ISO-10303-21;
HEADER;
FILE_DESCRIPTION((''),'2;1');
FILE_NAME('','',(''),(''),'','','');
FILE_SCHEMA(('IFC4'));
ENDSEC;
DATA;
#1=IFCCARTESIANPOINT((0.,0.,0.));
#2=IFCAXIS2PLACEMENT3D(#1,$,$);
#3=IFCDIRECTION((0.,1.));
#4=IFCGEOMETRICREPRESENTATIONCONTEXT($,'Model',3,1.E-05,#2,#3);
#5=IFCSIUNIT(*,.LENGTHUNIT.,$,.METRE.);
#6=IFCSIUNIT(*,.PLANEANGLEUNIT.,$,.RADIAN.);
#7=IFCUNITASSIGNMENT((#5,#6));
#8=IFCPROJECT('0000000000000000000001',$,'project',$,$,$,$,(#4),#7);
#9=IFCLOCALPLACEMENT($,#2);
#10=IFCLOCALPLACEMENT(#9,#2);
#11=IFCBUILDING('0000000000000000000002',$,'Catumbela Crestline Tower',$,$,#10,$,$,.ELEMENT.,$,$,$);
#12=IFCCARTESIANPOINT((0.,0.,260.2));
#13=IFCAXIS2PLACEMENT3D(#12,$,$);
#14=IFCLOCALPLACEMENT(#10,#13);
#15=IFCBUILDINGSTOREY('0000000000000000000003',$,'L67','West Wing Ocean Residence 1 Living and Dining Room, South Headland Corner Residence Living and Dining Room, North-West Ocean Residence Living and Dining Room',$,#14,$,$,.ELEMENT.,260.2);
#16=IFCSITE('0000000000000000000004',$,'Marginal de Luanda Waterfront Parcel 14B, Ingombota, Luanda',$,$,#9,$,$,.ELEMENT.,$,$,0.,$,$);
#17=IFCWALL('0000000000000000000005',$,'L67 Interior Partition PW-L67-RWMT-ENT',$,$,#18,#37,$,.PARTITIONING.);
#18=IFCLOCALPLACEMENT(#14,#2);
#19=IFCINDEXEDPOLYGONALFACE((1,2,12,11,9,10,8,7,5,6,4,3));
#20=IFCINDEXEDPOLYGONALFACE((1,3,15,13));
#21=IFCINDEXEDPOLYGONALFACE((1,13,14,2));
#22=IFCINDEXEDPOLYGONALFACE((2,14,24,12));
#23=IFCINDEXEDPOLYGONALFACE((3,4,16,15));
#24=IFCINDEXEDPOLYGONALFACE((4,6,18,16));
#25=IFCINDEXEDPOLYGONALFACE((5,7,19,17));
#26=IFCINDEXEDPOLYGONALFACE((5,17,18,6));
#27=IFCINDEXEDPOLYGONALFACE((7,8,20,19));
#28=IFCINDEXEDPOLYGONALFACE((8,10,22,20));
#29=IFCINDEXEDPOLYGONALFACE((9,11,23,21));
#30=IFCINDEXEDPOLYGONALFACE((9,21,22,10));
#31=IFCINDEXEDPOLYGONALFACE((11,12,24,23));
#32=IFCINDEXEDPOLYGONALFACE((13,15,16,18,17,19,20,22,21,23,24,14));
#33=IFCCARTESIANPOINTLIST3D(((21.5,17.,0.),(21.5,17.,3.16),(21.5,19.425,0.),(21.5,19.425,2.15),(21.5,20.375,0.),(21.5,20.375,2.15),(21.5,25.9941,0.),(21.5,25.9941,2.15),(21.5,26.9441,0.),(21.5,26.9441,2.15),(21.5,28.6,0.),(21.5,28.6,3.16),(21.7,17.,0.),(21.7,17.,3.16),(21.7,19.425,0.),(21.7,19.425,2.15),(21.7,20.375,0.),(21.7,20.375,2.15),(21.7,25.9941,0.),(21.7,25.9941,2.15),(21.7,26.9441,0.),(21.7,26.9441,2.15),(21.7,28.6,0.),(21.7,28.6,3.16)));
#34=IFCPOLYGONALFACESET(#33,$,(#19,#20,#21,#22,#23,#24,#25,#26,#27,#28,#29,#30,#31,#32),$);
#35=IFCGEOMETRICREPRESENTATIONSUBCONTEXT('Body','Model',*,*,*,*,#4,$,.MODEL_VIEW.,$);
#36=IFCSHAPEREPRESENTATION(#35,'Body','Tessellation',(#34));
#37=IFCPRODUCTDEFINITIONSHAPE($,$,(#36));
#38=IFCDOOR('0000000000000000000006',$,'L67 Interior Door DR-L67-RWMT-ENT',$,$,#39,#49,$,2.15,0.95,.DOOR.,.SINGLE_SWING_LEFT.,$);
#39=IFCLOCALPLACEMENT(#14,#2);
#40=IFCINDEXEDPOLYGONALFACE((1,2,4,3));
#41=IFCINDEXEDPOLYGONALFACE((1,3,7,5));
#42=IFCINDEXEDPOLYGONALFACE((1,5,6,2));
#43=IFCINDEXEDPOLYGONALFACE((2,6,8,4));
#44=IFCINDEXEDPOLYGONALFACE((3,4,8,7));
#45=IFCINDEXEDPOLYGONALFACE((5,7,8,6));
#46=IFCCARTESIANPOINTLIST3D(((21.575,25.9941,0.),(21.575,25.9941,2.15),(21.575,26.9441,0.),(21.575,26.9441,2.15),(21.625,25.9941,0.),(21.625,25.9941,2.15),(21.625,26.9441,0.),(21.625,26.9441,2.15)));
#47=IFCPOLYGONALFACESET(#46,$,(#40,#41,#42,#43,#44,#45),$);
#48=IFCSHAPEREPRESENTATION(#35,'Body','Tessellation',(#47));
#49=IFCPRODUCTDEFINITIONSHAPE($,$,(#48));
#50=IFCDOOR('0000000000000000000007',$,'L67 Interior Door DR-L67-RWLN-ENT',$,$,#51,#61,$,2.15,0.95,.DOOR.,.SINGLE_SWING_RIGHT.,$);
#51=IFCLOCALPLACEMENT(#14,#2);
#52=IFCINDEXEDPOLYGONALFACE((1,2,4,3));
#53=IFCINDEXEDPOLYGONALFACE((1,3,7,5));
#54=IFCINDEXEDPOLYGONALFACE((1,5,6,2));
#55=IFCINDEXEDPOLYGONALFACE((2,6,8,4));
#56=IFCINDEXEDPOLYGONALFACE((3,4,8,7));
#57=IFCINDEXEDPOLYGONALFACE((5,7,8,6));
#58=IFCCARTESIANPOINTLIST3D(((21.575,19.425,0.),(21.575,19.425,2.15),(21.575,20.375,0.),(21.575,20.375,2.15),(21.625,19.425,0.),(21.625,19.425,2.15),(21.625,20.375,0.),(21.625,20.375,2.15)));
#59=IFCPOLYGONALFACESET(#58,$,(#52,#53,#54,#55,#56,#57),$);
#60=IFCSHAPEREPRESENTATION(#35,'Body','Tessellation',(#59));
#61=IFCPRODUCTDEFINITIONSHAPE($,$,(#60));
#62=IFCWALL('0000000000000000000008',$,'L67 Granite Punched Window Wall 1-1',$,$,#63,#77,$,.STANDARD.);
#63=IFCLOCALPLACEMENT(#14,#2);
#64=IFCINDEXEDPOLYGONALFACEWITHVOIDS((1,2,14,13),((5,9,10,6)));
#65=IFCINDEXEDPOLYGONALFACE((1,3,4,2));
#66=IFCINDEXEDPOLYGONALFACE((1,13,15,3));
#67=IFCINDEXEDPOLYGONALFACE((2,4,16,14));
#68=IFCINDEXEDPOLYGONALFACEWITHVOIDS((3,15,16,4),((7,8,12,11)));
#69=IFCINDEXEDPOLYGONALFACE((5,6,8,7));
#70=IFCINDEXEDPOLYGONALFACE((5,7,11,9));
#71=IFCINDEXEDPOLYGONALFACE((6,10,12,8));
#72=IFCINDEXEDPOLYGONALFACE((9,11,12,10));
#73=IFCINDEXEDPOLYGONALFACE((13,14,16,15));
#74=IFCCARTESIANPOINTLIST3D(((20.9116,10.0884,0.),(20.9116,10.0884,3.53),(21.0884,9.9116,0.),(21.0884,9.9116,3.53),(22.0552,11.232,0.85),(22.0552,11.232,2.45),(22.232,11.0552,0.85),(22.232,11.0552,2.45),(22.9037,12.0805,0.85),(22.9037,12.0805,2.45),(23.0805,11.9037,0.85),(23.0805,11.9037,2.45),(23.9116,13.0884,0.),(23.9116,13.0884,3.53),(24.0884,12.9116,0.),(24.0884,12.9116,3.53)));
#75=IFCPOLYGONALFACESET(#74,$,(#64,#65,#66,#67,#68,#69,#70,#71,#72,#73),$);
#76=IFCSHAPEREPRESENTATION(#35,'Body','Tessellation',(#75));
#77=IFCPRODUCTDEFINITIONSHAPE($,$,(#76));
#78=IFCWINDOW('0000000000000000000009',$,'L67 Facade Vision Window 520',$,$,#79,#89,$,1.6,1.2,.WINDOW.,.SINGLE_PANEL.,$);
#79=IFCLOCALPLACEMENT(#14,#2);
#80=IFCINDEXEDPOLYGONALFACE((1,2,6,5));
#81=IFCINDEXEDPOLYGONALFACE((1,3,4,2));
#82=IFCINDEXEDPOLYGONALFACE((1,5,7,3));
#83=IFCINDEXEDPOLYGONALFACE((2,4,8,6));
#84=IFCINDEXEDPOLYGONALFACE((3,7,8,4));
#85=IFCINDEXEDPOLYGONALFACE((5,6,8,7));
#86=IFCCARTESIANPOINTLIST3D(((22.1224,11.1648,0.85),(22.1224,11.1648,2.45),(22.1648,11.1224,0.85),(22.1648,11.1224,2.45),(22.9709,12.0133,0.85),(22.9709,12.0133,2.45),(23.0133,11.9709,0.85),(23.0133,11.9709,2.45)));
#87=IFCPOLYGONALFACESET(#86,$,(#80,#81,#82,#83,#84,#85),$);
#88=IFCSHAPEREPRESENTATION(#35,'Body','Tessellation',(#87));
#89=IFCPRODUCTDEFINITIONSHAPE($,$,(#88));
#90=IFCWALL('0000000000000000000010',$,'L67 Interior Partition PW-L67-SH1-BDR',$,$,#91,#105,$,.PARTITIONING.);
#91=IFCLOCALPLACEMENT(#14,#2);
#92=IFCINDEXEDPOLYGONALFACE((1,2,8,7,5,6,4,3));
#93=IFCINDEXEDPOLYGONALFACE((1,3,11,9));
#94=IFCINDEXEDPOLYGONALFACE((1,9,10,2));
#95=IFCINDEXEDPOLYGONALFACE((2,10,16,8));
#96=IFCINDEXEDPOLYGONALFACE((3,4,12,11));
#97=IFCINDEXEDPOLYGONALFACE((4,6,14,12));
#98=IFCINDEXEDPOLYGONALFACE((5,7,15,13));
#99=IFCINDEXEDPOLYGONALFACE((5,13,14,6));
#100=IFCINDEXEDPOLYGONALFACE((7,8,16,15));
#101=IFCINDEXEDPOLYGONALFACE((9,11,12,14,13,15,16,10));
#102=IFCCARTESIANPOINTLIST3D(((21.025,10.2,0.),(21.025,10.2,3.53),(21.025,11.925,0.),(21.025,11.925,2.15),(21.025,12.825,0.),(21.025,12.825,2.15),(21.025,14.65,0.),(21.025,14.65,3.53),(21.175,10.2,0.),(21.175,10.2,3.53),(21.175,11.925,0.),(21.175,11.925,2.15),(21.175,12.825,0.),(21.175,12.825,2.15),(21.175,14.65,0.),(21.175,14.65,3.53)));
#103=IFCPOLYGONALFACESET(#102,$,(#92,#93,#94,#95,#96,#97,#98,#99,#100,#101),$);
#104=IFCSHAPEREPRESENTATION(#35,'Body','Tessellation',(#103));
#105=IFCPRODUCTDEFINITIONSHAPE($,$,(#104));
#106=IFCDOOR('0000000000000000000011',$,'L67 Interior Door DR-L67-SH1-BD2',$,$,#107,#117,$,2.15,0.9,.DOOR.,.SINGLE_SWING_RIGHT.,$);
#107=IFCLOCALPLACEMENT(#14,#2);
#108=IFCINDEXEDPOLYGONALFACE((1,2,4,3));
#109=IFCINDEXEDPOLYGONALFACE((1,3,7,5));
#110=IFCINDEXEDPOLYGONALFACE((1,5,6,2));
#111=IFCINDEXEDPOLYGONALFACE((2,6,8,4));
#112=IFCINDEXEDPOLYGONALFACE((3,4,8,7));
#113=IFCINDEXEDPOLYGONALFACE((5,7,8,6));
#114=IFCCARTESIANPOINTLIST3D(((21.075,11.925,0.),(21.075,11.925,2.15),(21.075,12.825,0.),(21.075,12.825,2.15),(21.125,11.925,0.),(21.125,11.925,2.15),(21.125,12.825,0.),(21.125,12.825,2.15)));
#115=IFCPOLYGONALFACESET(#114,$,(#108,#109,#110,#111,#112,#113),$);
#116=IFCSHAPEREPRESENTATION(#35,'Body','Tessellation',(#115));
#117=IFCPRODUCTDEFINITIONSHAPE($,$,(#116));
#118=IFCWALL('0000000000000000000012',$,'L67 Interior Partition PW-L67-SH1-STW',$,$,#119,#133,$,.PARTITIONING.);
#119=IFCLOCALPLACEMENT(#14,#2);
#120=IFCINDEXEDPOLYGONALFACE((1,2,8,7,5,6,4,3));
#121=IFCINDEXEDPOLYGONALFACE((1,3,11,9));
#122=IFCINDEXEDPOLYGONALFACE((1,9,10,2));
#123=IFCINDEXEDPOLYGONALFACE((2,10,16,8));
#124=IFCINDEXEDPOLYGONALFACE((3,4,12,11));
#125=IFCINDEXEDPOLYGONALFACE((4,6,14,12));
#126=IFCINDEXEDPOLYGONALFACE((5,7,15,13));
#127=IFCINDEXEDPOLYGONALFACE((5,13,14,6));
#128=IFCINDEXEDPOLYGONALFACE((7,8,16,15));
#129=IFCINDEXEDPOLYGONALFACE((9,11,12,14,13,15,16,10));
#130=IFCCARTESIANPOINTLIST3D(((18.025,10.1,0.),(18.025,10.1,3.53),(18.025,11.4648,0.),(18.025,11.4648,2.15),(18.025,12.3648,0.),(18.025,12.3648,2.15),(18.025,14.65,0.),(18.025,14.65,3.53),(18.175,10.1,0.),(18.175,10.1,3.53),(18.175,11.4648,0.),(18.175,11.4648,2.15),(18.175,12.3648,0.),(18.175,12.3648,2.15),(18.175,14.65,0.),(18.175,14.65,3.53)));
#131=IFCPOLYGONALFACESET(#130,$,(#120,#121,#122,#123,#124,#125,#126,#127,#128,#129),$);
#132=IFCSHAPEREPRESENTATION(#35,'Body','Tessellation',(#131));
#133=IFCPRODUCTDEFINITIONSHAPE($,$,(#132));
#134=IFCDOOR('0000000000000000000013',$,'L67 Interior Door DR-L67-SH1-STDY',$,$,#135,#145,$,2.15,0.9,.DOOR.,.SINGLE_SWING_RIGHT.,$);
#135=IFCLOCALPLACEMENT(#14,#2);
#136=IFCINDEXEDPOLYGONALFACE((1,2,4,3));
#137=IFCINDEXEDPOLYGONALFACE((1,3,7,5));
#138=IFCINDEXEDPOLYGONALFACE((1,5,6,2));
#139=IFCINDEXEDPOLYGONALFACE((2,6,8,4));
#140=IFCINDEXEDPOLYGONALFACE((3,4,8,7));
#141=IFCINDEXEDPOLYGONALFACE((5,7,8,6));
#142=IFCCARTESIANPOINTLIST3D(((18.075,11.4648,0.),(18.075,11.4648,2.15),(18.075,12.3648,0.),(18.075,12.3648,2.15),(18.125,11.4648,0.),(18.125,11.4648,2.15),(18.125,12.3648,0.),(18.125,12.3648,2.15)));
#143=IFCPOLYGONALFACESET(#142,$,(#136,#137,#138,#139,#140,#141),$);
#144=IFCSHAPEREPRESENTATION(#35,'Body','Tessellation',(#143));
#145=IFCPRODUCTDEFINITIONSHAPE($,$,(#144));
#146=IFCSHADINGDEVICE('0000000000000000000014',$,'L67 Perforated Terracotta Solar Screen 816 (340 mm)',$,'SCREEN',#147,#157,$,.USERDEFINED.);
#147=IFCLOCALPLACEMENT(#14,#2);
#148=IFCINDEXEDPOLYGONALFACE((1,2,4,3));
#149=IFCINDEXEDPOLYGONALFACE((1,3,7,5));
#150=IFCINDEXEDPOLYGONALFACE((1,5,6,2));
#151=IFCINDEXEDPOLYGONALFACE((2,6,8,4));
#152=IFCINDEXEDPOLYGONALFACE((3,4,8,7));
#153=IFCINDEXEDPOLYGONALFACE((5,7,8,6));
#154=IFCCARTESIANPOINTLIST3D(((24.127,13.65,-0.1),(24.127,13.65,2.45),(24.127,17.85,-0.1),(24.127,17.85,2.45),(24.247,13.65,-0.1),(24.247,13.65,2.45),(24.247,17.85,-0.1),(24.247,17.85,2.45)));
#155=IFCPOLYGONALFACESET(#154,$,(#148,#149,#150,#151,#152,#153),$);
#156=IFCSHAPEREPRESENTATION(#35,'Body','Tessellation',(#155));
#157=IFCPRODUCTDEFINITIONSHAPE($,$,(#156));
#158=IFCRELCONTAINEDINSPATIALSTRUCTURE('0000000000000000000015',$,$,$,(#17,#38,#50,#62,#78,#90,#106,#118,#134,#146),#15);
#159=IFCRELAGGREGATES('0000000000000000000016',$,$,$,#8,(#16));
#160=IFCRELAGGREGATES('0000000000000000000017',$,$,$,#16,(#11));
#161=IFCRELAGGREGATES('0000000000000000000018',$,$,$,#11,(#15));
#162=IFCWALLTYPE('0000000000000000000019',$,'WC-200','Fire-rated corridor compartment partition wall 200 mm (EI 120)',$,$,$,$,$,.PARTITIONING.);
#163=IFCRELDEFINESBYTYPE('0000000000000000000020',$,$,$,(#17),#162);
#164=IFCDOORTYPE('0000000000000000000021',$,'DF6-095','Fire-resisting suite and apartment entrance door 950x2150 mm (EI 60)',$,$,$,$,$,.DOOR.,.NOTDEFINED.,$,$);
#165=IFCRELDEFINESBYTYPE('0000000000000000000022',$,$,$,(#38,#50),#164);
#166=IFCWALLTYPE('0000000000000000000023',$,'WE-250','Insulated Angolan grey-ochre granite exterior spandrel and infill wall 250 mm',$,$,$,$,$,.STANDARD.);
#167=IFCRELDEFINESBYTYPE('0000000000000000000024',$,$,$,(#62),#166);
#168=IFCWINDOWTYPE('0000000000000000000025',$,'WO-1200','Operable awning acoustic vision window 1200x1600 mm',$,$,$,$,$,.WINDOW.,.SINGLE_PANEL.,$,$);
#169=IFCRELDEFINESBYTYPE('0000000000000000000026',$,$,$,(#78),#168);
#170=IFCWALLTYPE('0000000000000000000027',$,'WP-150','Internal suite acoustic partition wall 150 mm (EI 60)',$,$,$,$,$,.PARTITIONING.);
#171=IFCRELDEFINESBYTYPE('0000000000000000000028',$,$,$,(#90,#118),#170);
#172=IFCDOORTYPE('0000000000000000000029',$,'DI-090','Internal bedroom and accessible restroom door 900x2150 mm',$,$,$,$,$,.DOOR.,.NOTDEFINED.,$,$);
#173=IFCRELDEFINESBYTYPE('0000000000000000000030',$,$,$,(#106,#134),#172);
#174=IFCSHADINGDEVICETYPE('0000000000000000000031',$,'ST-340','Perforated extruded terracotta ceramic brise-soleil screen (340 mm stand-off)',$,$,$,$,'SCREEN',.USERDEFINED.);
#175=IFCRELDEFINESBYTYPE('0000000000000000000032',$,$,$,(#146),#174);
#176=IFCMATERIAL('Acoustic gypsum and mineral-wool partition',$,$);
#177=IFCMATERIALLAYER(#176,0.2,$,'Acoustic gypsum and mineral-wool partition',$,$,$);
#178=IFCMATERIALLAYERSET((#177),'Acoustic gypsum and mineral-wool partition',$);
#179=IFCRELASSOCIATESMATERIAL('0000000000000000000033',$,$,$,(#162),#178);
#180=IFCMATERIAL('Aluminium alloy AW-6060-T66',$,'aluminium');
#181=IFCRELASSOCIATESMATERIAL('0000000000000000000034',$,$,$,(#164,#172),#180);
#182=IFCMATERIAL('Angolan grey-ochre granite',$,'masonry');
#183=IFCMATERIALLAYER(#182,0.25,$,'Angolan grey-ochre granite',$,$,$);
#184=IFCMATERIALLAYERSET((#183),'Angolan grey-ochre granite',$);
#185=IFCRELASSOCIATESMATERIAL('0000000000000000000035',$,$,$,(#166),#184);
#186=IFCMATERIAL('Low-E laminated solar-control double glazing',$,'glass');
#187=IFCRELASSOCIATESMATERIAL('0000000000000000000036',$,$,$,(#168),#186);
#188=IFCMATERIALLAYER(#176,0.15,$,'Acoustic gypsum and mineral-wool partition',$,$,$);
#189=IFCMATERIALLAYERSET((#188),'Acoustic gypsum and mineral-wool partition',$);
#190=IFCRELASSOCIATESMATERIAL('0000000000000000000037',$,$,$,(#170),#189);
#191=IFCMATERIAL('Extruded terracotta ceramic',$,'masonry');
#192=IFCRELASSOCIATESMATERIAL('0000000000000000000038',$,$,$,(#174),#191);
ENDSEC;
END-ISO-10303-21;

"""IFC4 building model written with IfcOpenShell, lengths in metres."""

from ifc_helpers import new_model, si_unit, direction, frame, frame_2d, origin, origin_2d, place, context, subcontext, project, spatial, rectangle, extrude, material, layer, layer_set, type_object, element, fill, save


model = new_model("IFC4")

# Units and contexts
model_context = context("Model", 3, precision=1e-05, world=origin(), true_north=direction((0.0, 1.0)))
body_context = subcontext(model_context, "Body", "Model", "MODEL_VIEW")
ifc_project = project(units=[si_unit("LENGTHUNIT", "METRE"), si_unit("PLANEANGLEUNIT", "RADIAN")], contexts=[model_context])

# Site, building, storey
site_placement = place(None, origin())
site = spatial("IfcSite", under=ifc_project, at=site_placement, Name="Marginal de Luanda Waterfront Parcel 14B, Ingombota, Luanda", CompositionType="ELEMENT", RefElevation=0.0)
building_placement = place(site_placement, origin())
building = spatial("IfcBuilding", under=site, at=building_placement, Name="Catumbela Crestline Tower", CompositionType="ELEMENT")
storey_placement = place(building_placement, frame((0.0, 0.0, 260.2)))
storey = spatial("IfcBuildingStorey", under=building, at=storey_placement, Name="L67", Description="West Wing Ocean Residence 1 Living and Dining Room, South Headland Corner Residence Living and Dining Room, North-West Ocean Residence Living and Dining Room", CompositionType="ELEMENT", Elevation=260.2)

# Shared definitions
ifc_material_1 = material(Name="Aluminium alloy AW-6060-T66", Category="aluminium")

# Shared definitions
ifc_material_2 = material(Name="Low-E laminated solar-control double glazing", Category="glass")

# Shared definitions
ifc_material_3 = material(Name="Acoustic gypsum and mineral-wool partition")
ifc_layer_1 = layer(ifc_material_3, 0.2, Name="Acoustic gypsum and mineral-wool partition")
ifc_layer_set_1 = layer_set([ifc_layer_1], Name="Acoustic gypsum and mineral-wool partition")
wall_type_1 = type_object("IfcWallType", Name="WC-200", Description="Fire-rated corridor compartment partition wall 200 mm (EI 120)", PredefinedType="PARTITIONING", material=ifc_layer_set_1)
door_type_1 = type_object("IfcDoorType", Name="DF6-095", Description="Fire-resisting suite and apartment entrance door 950x2150 mm (EI 60)", OperationType="NOTDEFINED", PredefinedType="DOOR", material=ifc_material_1)

# Wall, openings, doors
wall_1_placement = place(storey_placement, frame((21.6, 17.0, 0.0), z_axis=(0.0, 0.0, 1.0), x_axis=(0.0, 1.0, 0.0)))
wall_1 = element("IfcWall", 1, at=wall_1_placement, inside=storey, type_object=wall_type_1, Name="L67 Interior Partition PW-L67-RWMT-ENT", PredefinedType="PARTITIONING", context=body_context, shape_type="SweptSolid", body=[
    extrude(rectangle(XDim=11.6, YDim=0.2, at=frame_2d((5.8, 0.0))), origin(), (0.0, 0.0, 1.0), 3.16),
])
opening_1_placement = place(wall_1_placement, frame((8.9941, 0.0, 0.0)))
opening_1 = element("IfcOpeningElement", 2, at=opening_1_placement, cuts=wall_1, PredefinedType="OPENING", context=body_context, shape_type="SweptSolid", body=[
    extrude(rectangle(XDim=0.95, YDim=2.15, at=frame_2d((0.475, 1.075))), frame((0.0, 0.11, 0.0), z_axis=(0.0, -1.0, 0.0), x_axis=(1.0, 0.0, 0.0)), (0.0, 0.0, 1.0), 0.22),
])
opening_2_placement = place(wall_1_placement, frame((2.425, 0.0, 0.0)))
opening_2 = element("IfcOpeningElement", 3, at=opening_2_placement, cuts=wall_1, PredefinedType="OPENING", context=body_context, shape_type="SweptSolid", body=[
    extrude(rectangle(XDim=0.95, YDim=2.15, at=frame_2d((0.475, 1.075))), frame((0.0, 0.11, 0.0), z_axis=(0.0, -1.0, 0.0), x_axis=(1.0, 0.0, 0.0)), (0.0, 0.0, 1.0), 0.22),
])
door_1_placement = place(opening_1_placement, origin())
door_1 = element("IfcDoor", 4, at=door_1_placement, inside=storey, type_object=door_type_1, Name="L67 Interior Door DR-L67-RWMT-ENT", OperationType="SINGLE_SWING_LEFT", OverallHeight=2.15, OverallWidth=0.95, PredefinedType="DOOR", context=body_context, shape_type="SweptSolid", body=[
    extrude(rectangle(XDim=0.95, YDim=2.15, at=frame_2d((0.475, 1.075))), frame((0.0, 0.025, 0.0), z_axis=(0.0, -1.0, 0.0), x_axis=(1.0, 0.0, 0.0)), (0.0, 0.0, 1.0), 0.05),
])
fill(opening_1, door_1)
door_2_placement = place(opening_2_placement, origin())
door_2 = element("IfcDoor", 5, at=door_2_placement, inside=storey, type_object=door_type_1, Name="L67 Interior Door DR-L67-RWLN-ENT", OperationType="SINGLE_SWING_RIGHT", OverallHeight=2.15, OverallWidth=0.95, PredefinedType="DOOR", context=body_context, shape_type="SweptSolid", body=[
    extrude(rectangle(XDim=0.95, YDim=2.15, at=frame_2d((0.475, 1.075))), frame((0.0, 0.025, 0.0), z_axis=(0.0, -1.0, 0.0), x_axis=(1.0, 0.0, 0.0)), (0.0, 0.0, 1.0), 0.05),
])
fill(opening_2, door_2)

# Wall, opening, window
ifc_material_4 = material(Name="Angolan grey-ochre granite", Category="masonry")
ifc_layer_2 = layer(ifc_material_4, 0.25, Name="Angolan grey-ochre granite")
ifc_layer_set_2 = layer_set([ifc_layer_2], Name="Angolan grey-ochre granite")
wall_type_2 = type_object("IfcWallType", Name="WE-250", Description="Insulated Angolan grey-ochre granite exterior spandrel and infill wall 250 mm", PredefinedType="STANDARD", material=ifc_layer_set_2)
wall_2_placement = place(storey_placement, frame((21.0, 10.0, 0.0), z_axis=(0.0, 0.0, 1.0), x_axis=(0.707107, 0.707107, 0.0)))
wall_2 = element("IfcWall", 6, at=wall_2_placement, inside=storey, type_object=wall_type_2, Name="L67 Granite Punched Window Wall 1-1", PredefinedType="STANDARD", context=body_context, shape_type="SweptSolid", body=[
    extrude(rectangle(XDim=4.2426, YDim=0.25, at=frame_2d((2.1213, 0.0))), origin(), (0.0, 0.0, 1.0), 3.53),
])
opening_3_placement = place(wall_2_placement, frame((1.6173, 0.0, 0.85)))
opening_3 = element("IfcOpeningElement", 7, at=opening_3_placement, cuts=wall_2, PredefinedType="OPENING", context=body_context, shape_type="SweptSolid", body=[
    extrude(rectangle(XDim=1.2, YDim=1.6, at=frame_2d((0.6, 0.8))), frame((0.0, 0.135, 0.0), z_axis=(0.0, -1.0, 0.0), x_axis=(1.0, 0.0, 0.0)), (0.0, 0.0, 1.0), 0.27),
])
window_type = type_object("IfcWindowType", Name="WO-1200", Description="Operable awning acoustic vision window 1200x1600 mm", PartitioningType="SINGLE_PANEL", PredefinedType="WINDOW", material=ifc_material_2)
window_placement = place(opening_3_placement, origin())
window = element("IfcWindow", 8, at=window_placement, inside=storey, type_object=window_type, Name="L67 Facade Vision Window 520", OverallHeight=1.6, OverallWidth=1.2, PartitioningType="SINGLE_PANEL", PredefinedType="WINDOW", context=body_context, shape_type="SweptSolid", body=[
    extrude(rectangle(XDim=1.2, YDim=1.6, at=frame_2d((0.6, 0.8))), frame((0.0, 0.03, 0.0), z_axis=(0.0, -1.0, 0.0), x_axis=(1.0, 0.0, 0.0)), (0.0, 0.0, 1.0), 0.06),
])
fill(opening_3, window)

# Walls, openings, doors
ifc_layer_3 = layer(ifc_material_3, 0.15, Name="Acoustic gypsum and mineral-wool partition")
ifc_layer_set_3 = layer_set([ifc_layer_3], Name="Acoustic gypsum and mineral-wool partition")
wall_type_3 = type_object("IfcWallType", Name="WP-150", Description="Internal suite acoustic partition wall 150 mm (EI 60)", PredefinedType="PARTITIONING", material=ifc_layer_set_3)
wall_3_placement = place(storey_placement, frame((21.1, 10.2, 0.0), z_axis=(0.0, 0.0, 1.0), x_axis=(0.0, 1.0, 0.0)))
wall_3 = element("IfcWall", 9, at=wall_3_placement, inside=storey, type_object=wall_type_3, Name="L67 Interior Partition PW-L67-SH1-BDR", PredefinedType="PARTITIONING", context=body_context, shape_type="SweptSolid", body=[
    extrude(rectangle(XDim=4.45, YDim=0.15, at=frame_2d((2.225, 0.0))), origin(), (0.0, 0.0, 1.0), 3.53),
])
opening_4_placement = place(wall_3_placement, frame((1.725, 0.0, 0.0)))
opening_4 = element("IfcOpeningElement", 10, at=opening_4_placement, cuts=wall_3, PredefinedType="OPENING", context=body_context, shape_type="SweptSolid", body=[
    extrude(rectangle(XDim=0.9, YDim=2.15, at=frame_2d((0.45, 1.075))), frame((0.0, 0.085, 0.0), z_axis=(0.0, -1.0, 0.0), x_axis=(1.0, 0.0, 0.0)), (0.0, 0.0, 1.0), 0.17),
])
door_type_2 = type_object("IfcDoorType", Name="DI-090", Description="Internal bedroom and accessible restroom door 900x2150 mm", OperationType="NOTDEFINED", PredefinedType="DOOR", material=ifc_material_1)
door_3_placement = place(opening_4_placement, origin())
door_3 = element("IfcDoor", 11, at=door_3_placement, inside=storey, type_object=door_type_2, Name="L67 Interior Door DR-L67-SH1-BD2", OperationType="SINGLE_SWING_RIGHT", OverallHeight=2.15, OverallWidth=0.9, PredefinedType="DOOR", context=body_context, shape_type="SweptSolid", body=[
    extrude(rectangle(XDim=0.9, YDim=2.15, at=frame_2d((0.45, 1.075))), frame((0.0, 0.025, 0.0), z_axis=(0.0, -1.0, 0.0), x_axis=(1.0, 0.0, 0.0)), (0.0, 0.0, 1.0), 0.05),
])
fill(opening_4, door_3)
wall_4_placement = place(storey_placement, frame((18.1, 10.1, 0.0), z_axis=(0.0, 0.0, 1.0), x_axis=(0.0, 1.0, 0.0)))
wall_4 = element("IfcWall", 12, at=wall_4_placement, inside=storey, type_object=wall_type_3, Name="L67 Interior Partition PW-L67-SH1-STW", PredefinedType="PARTITIONING", context=body_context, shape_type="SweptSolid", body=[
    extrude(rectangle(XDim=4.55, YDim=0.15, at=frame_2d((2.275, 0.0))), origin(), (0.0, 0.0, 1.0), 3.53),
])
opening_5_placement = place(wall_4_placement, frame((1.3648, 0.0, 0.0)))
opening_5 = element("IfcOpeningElement", 13, at=opening_5_placement, cuts=wall_4, PredefinedType="OPENING", context=body_context, shape_type="SweptSolid", body=[
    extrude(rectangle(XDim=0.9, YDim=2.15, at=frame_2d((0.45, 1.075))), frame((0.0, 0.085, 0.0), z_axis=(0.0, -1.0, 0.0), x_axis=(1.0, 0.0, 0.0)), (0.0, 0.0, 1.0), 0.17),
])
door_4_placement = place(opening_5_placement, origin())
door_4 = element("IfcDoor", 14, at=door_4_placement, inside=storey, type_object=door_type_2, Name="L67 Interior Door DR-L67-SH1-STDY", OperationType="SINGLE_SWING_RIGHT", OverallHeight=2.15, OverallWidth=0.9, PredefinedType="DOOR", context=body_context, shape_type="SweptSolid", body=[
    extrude(rectangle(XDim=0.9, YDim=2.15, at=frame_2d((0.45, 1.075))), frame((0.0, 0.025, 0.0), z_axis=(0.0, -1.0, 0.0), x_axis=(1.0, 0.0, 0.0)), (0.0, 0.0, 1.0), 0.05),
])
fill(opening_5, door_4)

# Shading device
ifc_material_5 = material(Name="Extruded terracotta ceramic", Category="masonry")
shading_device_type = type_object("IfcShadingDeviceType", Name="ST-340", Description="Perforated extruded terracotta ceramic brise-soleil screen (340 mm stand-off)", ElementType="SCREEN", PredefinedType="USERDEFINED", material=ifc_material_5)
shading_device_placement = place(storey_placement, frame((24.187, 15.75, -0.1), z_axis=(0.0, 0.0, 1.0), x_axis=(0.0, 1.0, 0.0)))
element("IfcShadingDevice", 15, at=shading_device_placement, inside=storey, type_object=shading_device_type, Name="L67 Perforated Terracotta Solar Screen 816 (340 mm)", ObjectType="SCREEN", PredefinedType="USERDEFINED", context=body_context, shape_type="SweptSolid", body=[
    extrude(rectangle(XDim=4.2, YDim=0.12, at=origin_2d()), origin(), (0.0, 0.0, 1.0), 2.55),
])

save(model, "model.ifc")
